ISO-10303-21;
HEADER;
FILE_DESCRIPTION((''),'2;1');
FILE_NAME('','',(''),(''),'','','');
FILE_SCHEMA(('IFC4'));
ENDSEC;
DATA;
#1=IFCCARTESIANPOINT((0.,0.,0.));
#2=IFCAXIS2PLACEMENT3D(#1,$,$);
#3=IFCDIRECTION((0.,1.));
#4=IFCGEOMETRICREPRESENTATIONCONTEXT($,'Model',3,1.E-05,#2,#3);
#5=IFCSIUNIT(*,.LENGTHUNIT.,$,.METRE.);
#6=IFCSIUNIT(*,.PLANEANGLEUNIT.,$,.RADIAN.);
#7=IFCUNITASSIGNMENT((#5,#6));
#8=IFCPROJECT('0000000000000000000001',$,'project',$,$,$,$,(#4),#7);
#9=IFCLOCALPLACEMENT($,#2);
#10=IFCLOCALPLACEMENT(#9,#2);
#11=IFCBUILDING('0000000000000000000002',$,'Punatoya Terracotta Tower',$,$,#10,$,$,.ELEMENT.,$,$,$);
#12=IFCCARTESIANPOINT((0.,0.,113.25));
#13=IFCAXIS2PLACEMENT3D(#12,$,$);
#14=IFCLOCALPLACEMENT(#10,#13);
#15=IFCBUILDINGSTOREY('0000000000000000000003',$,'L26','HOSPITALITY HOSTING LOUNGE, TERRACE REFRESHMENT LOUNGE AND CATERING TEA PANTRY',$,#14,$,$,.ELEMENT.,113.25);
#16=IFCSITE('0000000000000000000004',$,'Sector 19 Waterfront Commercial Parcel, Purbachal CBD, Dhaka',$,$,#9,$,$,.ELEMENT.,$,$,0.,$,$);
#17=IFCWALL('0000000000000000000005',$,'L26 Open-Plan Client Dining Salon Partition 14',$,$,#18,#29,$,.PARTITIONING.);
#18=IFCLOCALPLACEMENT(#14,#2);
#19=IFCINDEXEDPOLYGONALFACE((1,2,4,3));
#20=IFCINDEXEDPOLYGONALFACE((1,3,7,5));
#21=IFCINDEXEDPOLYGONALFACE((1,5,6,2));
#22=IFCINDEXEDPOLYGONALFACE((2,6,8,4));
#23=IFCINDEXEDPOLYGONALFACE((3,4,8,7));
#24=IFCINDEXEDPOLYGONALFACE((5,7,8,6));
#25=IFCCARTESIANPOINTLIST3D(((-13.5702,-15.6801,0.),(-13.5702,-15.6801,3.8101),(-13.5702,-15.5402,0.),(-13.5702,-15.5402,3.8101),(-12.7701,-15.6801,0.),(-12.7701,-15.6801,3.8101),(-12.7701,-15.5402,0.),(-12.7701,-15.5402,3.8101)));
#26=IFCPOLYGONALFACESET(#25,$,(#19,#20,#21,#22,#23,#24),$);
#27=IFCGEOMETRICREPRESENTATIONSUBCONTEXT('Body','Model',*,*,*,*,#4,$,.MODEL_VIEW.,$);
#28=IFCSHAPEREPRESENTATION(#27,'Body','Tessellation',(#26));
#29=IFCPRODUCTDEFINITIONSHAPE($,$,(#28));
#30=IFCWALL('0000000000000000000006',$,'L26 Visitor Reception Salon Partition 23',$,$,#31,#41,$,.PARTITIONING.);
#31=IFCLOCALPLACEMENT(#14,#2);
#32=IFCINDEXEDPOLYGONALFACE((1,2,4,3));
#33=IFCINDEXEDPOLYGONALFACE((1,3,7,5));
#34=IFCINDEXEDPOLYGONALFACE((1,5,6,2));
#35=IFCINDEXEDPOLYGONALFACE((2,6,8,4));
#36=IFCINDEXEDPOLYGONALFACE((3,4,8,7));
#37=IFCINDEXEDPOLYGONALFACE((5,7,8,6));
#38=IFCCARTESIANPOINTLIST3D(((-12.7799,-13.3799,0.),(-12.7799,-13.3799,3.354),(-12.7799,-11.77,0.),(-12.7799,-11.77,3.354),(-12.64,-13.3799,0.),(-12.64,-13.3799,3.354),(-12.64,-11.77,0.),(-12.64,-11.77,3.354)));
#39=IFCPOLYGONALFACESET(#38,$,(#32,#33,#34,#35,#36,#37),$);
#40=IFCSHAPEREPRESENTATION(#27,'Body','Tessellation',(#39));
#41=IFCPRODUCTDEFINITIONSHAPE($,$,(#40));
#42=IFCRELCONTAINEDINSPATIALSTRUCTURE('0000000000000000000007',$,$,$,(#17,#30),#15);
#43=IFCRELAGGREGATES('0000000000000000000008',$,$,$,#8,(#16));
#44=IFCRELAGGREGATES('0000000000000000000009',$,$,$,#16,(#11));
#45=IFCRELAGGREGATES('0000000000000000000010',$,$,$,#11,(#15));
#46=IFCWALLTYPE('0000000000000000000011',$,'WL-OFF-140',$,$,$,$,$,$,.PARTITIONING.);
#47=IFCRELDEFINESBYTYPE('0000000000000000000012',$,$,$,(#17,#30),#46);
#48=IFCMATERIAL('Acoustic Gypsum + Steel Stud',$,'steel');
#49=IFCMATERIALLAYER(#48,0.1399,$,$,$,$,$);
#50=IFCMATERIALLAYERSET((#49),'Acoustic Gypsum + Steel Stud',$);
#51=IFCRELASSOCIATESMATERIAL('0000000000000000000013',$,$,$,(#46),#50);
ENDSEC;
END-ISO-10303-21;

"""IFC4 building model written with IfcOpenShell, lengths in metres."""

from ifc_helpers import new_model, si_unit, direction, frame, frame_2d, origin, place, context, subcontext, project, spatial, rectangle, extrude, material, layer, layer_set, type_object, element, save


model = new_model("IFC4")

# Units and contexts
model_context = context("Model", 3, precision=1e-05, world=origin(), true_north=direction((0.0, 1.0)))
body_context = subcontext(model_context, "Body", "Model", "MODEL_VIEW")
ifc_project = project(units=[si_unit("LENGTHUNIT", "METRE"), si_unit("PLANEANGLEUNIT", "RADIAN")], contexts=[model_context])

# Site, building, storey
site_placement = place(None, origin())
site = spatial("IfcSite", under=ifc_project, at=site_placement, Name="Sector 19 Waterfront Commercial Parcel, Purbachal CBD, Dhaka", CompositionType="ELEMENT", RefElevation=0.0)
building_placement = place(site_placement, origin())
building = spatial("IfcBuilding", under=site, at=building_placement, Name="Punatoya Terracotta Tower", CompositionType="ELEMENT")
storey_placement = place(building_placement, frame((0.0, 0.0, 113.25)))
storey = spatial("IfcBuildingStorey", under=building, at=storey_placement, Name="L26", Description="HOSPITALITY HOSTING LOUNGE, TERRACE REFRESHMENT LOUNGE AND CATERING TEA PANTRY", CompositionType="ELEMENT", Elevation=113.25)

# Walls
ifc_material_1 = material(Name="Acoustic Gypsum + Steel Stud", Category="steel")
ifc_layer_1 = layer(ifc_material_1, 0.1399)
ifc_layer_set_1 = layer_set([ifc_layer_1], Name="Acoustic Gypsum + Steel Stud")
wall_type_1 = type_object("IfcWallType", Name="WL-OFF-140", PredefinedType="PARTITIONING", material=ifc_layer_set_1)
wall_1_placement = place(storey_placement, frame((-13.5701, -15.6101, 0.0), z_axis=(0.0, 0.0, 1.0), x_axis=(1.0, 0.0, 0.0)))
element("IfcWall", 1, at=wall_1_placement, inside=storey, type_object=wall_type_1, Name="L26 Open-Plan Client Dining Salon Partition 14", PredefinedType="PARTITIONING", context=body_context, shape_type="SweptSolid", body=[
    extrude(rectangle(XDim=0.8, YDim=0.1399, at=frame_2d((0.3999, 0.0))), origin(), (0.0, 0.0, 1.0), 3.8101),
])
wall_2_placement = place(storey_placement, frame((-12.71, -11.77, 0.0), z_axis=(0.0, 0.0, 1.0), x_axis=(0.0, -1.0, 0.0)))
element("IfcWall", 2, at=wall_2_placement, inside=storey, type_object=wall_type_1, Name="L26 Visitor Reception Salon Partition 23", PredefinedType="PARTITIONING", context=body_context, shape_type="SweptSolid", body=[
    extrude(rectangle(XDim=1.6099, YDim=0.1399, at=frame_2d((0.8049, 0.0))), origin(), (0.0, 0.0, 1.0), 3.354),
])

save(model, "model.ifc")
